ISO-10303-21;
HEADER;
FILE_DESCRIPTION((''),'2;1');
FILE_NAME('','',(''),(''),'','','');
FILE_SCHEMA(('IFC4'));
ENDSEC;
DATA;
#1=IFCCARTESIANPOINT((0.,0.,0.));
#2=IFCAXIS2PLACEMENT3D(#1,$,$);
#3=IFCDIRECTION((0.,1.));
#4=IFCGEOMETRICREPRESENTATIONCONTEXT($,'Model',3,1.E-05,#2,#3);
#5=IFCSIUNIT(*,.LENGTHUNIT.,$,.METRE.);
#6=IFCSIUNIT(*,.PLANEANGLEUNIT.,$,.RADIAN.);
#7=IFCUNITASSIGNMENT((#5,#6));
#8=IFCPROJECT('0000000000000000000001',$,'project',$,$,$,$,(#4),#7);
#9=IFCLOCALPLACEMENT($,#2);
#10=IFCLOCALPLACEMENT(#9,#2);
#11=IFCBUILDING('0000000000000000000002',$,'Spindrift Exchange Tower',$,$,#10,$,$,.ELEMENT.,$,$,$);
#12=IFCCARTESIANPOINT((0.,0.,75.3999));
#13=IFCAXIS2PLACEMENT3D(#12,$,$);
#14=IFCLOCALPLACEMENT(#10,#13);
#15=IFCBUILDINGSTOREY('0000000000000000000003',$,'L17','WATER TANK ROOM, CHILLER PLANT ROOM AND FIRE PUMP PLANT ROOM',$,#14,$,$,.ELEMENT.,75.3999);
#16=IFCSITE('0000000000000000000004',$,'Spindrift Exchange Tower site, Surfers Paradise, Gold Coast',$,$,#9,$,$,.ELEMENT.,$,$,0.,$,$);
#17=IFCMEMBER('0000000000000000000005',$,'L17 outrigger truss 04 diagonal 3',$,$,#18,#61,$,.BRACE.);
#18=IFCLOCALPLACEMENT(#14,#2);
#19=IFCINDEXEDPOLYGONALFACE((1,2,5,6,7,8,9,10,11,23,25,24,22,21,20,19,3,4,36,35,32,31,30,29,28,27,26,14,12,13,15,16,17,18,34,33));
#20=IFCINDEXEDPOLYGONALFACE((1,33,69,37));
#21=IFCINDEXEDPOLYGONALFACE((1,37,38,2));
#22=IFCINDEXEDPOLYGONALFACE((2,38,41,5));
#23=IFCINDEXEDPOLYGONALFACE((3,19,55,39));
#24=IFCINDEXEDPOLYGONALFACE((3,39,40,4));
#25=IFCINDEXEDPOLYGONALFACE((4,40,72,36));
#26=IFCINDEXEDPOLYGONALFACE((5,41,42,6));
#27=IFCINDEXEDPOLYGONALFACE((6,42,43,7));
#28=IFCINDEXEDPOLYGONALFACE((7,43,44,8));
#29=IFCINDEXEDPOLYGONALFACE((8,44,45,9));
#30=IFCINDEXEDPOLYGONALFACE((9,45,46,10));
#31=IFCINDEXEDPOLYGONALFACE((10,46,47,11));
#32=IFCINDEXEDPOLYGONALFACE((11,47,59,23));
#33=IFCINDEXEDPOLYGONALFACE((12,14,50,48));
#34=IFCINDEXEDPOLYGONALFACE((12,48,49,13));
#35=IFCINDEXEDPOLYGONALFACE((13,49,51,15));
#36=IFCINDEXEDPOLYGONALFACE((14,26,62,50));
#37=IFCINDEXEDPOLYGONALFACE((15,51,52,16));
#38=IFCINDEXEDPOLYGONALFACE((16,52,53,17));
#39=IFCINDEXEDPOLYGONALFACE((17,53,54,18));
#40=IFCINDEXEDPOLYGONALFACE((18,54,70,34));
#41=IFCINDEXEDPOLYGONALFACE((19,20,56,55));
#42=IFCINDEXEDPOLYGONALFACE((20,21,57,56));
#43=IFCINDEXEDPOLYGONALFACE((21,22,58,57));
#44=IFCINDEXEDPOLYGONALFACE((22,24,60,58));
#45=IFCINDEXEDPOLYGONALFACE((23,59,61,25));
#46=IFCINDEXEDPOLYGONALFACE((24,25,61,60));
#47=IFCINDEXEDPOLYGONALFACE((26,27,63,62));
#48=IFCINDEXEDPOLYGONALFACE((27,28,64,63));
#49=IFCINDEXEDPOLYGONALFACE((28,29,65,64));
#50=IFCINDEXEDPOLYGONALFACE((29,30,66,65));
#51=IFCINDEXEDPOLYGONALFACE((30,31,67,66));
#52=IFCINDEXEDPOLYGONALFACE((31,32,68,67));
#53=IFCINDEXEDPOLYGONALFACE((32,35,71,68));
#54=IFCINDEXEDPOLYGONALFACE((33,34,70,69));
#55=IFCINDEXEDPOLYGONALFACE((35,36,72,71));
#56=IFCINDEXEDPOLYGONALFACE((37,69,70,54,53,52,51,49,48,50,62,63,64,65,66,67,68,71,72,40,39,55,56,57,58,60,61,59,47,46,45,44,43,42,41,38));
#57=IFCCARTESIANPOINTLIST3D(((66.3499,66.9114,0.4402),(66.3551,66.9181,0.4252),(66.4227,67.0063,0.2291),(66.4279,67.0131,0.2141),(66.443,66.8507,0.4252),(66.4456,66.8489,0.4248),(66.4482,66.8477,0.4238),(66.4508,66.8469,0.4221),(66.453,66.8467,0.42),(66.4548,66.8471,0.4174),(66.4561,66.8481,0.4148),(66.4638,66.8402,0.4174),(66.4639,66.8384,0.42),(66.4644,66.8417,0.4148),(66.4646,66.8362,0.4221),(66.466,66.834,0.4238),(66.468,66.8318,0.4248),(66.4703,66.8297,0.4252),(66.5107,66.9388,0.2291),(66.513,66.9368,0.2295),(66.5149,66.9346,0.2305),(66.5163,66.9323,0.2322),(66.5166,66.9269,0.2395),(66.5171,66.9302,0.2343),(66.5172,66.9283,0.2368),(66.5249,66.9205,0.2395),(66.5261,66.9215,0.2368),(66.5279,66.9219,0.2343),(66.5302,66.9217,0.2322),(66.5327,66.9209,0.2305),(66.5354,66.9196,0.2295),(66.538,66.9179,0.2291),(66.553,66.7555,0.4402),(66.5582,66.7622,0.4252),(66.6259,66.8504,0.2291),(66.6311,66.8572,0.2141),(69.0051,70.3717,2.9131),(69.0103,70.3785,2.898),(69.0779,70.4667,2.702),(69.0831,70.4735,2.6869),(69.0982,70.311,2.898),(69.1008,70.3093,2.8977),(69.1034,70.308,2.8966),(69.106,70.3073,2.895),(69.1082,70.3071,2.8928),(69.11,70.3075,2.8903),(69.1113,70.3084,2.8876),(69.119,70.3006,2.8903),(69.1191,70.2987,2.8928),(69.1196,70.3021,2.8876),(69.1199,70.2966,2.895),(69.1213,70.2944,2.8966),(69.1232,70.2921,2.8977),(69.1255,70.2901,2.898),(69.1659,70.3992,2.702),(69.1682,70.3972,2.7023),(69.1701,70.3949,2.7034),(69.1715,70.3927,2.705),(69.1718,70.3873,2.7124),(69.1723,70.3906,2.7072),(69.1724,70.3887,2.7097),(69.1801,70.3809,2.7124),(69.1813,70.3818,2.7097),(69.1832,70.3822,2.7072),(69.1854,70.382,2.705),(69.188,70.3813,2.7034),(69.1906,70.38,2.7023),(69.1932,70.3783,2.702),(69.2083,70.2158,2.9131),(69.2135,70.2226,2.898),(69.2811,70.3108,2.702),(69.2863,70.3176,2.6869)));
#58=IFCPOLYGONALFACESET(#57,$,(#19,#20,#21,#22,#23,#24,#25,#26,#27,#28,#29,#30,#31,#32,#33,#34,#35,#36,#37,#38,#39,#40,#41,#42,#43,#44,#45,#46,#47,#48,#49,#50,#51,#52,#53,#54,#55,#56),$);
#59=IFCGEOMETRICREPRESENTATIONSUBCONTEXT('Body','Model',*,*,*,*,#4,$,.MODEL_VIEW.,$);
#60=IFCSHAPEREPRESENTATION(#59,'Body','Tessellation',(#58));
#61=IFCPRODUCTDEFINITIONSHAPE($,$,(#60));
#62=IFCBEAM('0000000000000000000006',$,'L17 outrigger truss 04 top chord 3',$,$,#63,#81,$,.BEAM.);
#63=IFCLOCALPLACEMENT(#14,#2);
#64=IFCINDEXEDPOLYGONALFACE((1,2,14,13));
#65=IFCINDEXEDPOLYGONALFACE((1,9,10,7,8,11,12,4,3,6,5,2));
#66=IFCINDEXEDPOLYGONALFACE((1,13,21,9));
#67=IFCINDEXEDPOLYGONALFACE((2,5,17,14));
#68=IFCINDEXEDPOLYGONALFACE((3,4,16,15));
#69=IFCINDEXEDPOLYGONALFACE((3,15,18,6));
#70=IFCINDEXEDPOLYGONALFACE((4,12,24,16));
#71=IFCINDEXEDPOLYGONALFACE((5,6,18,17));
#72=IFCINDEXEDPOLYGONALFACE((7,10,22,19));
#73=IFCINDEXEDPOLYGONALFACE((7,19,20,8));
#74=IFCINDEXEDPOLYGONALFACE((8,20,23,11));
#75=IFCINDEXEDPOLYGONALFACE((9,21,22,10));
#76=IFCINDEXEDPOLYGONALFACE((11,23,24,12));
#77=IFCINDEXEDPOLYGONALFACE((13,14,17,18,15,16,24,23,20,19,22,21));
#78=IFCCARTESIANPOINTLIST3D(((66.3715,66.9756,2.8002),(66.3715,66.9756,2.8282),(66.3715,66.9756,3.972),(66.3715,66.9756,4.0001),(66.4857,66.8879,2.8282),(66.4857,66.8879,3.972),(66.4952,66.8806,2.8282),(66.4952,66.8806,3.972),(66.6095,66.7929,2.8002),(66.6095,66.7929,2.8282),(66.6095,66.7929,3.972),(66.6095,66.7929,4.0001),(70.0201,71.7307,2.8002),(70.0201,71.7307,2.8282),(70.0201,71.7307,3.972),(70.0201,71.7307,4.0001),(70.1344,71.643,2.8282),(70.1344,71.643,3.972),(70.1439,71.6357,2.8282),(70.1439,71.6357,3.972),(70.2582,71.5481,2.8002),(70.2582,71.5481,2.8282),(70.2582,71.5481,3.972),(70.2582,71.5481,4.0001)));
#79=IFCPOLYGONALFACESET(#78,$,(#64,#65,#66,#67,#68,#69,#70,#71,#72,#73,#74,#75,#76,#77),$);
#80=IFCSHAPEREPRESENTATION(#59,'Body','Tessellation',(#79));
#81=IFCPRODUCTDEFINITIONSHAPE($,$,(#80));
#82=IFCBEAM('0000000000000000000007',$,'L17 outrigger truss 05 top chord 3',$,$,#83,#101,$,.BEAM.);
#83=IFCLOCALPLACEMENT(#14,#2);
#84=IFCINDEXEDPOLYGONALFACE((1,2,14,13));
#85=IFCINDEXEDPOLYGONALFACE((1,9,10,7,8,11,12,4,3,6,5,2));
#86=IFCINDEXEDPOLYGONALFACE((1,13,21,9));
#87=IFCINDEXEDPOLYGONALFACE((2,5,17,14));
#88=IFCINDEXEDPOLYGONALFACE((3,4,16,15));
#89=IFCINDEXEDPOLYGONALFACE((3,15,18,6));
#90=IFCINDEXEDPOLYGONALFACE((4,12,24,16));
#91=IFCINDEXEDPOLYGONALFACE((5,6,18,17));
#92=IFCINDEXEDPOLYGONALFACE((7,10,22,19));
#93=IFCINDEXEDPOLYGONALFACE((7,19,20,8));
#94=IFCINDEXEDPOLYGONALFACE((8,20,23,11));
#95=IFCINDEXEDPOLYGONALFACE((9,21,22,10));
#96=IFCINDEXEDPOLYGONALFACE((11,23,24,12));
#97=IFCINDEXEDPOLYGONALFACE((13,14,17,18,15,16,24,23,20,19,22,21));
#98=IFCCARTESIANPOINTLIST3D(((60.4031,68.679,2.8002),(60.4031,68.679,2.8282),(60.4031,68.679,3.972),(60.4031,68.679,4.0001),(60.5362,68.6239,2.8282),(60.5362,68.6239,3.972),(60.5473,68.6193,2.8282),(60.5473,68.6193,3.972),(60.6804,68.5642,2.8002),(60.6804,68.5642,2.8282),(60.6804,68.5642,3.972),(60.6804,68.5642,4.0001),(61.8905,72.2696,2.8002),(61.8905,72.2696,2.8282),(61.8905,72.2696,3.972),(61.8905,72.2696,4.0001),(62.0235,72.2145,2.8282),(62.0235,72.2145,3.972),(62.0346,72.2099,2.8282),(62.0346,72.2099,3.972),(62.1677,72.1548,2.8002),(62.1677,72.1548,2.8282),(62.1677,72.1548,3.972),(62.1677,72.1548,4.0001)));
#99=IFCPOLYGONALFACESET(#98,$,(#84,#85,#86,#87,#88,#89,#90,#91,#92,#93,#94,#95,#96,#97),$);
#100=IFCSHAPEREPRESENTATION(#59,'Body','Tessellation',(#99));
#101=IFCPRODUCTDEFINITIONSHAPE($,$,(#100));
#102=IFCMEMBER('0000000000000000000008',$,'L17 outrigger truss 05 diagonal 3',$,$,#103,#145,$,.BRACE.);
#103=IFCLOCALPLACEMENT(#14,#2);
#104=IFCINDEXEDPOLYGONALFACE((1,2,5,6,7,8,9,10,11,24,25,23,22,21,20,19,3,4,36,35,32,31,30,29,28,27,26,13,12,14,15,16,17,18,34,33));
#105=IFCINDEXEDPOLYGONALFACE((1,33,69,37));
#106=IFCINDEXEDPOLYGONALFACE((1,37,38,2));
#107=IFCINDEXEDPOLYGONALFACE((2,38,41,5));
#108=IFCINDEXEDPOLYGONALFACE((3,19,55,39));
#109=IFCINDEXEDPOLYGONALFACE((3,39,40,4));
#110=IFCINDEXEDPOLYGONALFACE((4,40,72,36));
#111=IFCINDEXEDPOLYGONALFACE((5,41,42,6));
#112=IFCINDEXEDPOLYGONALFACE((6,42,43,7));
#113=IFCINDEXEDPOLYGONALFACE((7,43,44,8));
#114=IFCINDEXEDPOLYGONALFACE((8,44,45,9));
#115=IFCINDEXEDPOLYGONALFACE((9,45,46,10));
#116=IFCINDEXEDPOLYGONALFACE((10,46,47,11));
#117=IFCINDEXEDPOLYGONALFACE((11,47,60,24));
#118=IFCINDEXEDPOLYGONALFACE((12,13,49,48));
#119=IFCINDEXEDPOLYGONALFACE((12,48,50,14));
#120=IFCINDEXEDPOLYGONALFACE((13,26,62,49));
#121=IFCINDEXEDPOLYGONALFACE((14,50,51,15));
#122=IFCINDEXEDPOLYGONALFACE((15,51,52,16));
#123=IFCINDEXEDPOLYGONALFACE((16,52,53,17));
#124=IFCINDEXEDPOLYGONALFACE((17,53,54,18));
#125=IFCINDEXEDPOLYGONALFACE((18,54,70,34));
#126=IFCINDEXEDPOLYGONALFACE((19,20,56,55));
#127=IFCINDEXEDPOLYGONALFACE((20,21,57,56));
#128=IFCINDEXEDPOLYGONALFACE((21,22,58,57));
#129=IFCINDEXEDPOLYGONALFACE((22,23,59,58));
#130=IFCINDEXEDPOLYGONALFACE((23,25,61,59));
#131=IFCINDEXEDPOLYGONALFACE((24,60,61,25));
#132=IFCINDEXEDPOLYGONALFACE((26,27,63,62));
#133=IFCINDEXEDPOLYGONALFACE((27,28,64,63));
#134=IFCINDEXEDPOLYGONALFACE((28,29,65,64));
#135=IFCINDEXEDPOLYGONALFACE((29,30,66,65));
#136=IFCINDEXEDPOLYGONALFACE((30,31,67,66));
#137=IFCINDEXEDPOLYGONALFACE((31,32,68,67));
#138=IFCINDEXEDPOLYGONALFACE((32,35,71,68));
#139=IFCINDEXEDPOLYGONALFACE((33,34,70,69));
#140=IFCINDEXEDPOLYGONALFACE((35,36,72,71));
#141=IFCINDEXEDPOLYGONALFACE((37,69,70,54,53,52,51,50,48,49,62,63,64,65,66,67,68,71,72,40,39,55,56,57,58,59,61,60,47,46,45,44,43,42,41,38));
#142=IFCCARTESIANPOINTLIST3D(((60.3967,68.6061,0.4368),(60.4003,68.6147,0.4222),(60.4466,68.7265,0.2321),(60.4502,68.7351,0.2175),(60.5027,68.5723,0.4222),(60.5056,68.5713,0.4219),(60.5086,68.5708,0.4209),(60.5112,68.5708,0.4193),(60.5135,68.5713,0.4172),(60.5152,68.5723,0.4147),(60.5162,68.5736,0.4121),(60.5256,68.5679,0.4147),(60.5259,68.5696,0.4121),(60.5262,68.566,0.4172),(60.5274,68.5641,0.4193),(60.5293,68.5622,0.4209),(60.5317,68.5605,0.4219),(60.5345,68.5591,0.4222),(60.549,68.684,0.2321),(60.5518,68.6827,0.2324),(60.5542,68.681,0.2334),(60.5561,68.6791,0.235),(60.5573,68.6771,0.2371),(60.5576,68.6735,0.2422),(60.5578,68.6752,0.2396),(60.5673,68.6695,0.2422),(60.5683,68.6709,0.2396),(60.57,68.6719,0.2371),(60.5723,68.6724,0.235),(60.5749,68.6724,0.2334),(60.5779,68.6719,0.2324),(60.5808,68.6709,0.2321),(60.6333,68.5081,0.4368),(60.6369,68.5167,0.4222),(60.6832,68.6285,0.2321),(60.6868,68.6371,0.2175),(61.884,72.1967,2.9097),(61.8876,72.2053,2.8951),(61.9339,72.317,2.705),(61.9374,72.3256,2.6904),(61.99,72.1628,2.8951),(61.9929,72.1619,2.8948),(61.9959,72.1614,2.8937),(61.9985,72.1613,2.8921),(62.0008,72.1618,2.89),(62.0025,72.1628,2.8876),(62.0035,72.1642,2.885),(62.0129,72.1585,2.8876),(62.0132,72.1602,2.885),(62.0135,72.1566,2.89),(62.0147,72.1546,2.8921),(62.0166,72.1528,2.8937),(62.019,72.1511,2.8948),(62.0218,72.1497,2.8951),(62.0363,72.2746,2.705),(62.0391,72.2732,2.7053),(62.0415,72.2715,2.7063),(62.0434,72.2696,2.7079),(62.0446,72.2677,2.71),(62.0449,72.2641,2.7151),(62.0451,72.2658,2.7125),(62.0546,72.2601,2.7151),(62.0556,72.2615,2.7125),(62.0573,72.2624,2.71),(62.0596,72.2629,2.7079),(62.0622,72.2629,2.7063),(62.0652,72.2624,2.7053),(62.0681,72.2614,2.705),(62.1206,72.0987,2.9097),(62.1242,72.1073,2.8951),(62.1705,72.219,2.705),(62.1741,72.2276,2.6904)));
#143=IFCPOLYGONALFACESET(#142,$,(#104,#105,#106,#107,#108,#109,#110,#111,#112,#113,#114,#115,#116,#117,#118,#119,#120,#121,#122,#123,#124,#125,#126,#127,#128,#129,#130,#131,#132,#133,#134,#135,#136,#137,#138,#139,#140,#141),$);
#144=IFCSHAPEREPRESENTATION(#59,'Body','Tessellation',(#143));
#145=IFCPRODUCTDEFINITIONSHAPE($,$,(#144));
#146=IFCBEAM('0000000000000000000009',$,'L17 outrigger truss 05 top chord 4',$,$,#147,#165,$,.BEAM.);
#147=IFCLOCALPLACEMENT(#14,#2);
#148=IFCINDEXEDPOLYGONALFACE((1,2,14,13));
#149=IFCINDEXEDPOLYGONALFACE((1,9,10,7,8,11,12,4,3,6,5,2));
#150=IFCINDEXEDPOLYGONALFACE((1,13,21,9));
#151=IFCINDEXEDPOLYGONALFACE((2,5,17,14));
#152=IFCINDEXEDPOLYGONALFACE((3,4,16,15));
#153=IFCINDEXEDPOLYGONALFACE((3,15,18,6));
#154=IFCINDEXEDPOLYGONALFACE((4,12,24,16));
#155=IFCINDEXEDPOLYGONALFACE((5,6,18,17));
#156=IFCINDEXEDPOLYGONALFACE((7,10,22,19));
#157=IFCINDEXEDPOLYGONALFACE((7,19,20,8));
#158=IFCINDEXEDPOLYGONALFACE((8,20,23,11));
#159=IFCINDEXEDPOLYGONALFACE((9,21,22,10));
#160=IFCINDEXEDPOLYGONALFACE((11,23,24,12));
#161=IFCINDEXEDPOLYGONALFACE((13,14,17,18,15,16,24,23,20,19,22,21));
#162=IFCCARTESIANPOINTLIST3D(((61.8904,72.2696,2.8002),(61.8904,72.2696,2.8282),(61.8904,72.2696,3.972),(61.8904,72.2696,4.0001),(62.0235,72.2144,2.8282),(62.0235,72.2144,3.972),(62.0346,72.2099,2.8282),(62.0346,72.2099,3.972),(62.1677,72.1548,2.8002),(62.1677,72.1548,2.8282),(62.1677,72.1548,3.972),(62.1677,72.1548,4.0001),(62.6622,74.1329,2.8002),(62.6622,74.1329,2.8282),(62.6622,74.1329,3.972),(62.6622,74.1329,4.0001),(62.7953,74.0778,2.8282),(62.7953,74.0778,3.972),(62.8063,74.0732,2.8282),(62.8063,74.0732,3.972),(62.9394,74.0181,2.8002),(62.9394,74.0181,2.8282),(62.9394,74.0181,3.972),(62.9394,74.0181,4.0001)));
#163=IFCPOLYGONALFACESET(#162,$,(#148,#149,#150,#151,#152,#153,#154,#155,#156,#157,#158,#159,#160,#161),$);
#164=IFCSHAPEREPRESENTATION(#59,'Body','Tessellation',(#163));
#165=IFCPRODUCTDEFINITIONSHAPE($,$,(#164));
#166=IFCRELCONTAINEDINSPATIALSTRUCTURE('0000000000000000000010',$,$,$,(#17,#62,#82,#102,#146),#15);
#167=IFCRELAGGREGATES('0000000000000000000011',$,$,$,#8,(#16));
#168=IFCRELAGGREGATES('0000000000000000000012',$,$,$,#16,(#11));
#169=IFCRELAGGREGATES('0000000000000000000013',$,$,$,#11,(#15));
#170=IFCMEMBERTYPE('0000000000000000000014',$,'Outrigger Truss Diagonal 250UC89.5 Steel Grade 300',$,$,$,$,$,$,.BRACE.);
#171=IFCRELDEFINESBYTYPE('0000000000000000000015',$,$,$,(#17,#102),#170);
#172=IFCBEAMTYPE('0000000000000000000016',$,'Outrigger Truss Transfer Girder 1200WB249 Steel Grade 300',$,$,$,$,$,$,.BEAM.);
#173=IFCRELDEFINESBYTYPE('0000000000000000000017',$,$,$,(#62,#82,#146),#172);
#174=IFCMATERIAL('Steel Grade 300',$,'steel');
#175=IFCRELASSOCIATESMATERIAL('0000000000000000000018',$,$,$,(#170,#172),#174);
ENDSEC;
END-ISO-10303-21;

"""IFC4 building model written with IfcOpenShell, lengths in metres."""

from ifc_helpers import new_model, si_unit, direction, frame, origin, origin_2d, place, context, subcontext, project, spatial, i_section, extrude, source, transform, mapped, material, material_profile, profile_set, type_object, element, save


model = new_model("IFC4")

# Units and contexts
model_context = context("Model", 3, precision=1e-05, world=origin(), true_north=direction((0.0, 1.0)))
body_context = subcontext(model_context, "Body", "Model", "MODEL_VIEW")
ifc_project = project(units=[si_unit("LENGTHUNIT", "METRE"), si_unit("PLANEANGLEUNIT", "RADIAN")], contexts=[model_context])

# Site, building, storey
site_placement = place(None, origin())
site = spatial("IfcSite", under=ifc_project, at=site_placement, Name="Spindrift Exchange Tower site, Surfers Paradise, Gold Coast", CompositionType="ELEMENT", RefElevation=0.0)
building_placement = place(site_placement, origin())
building = spatial("IfcBuilding", under=site, at=building_placement, Name="Spindrift Exchange Tower", CompositionType="ELEMENT")
storey_placement = place(building_placement, frame((0.0, 0.0, 75.3999)))
storey = spatial("IfcBuildingStorey", under=building, at=storey_placement, Name="L17", Description="WATER TANK ROOM, CHILLER PLANT ROOM AND FIRE PUMP PLANT ROOM", CompositionType="ELEMENT", Elevation=75.3999)

# Member
ifc_material_1 = material(Name="Steel Grade 300", Category="steel")
ifc_material_profile_1 = material_profile(ifc_material_1, i_section(OverallWidth=0.2561, OverallDepth=0.26, WebThickness=0.0105, FlangeThickness=0.0173, FilletRadius=0.012, at=origin_2d()), Name="250UC89.5")
ifc_profile_set_1 = profile_set([ifc_material_profile_1], Name="Steel Grade 300")
member_type_1 = type_object("IfcMemberType", Name="Outrigger Truss Diagonal 250UC89.5 Steel Grade 300", PredefinedType="BRACE", material=ifc_profile_set_1)
shared_shape_1 = source(origin(), body_context, "Body", "SweptSolid", [
    extrude(i_section(OverallWidth=0.2561, OverallDepth=0.26, WebThickness=0.0105, FlangeThickness=0.0173, FilletRadius=0.012, at=origin_2d()), origin(), (0.0, 0.0, 1.0), 5.0139),
])
member_1_placement = place(storey_placement, frame((66.4905, 66.8843, 0.3271), z_axis=(0.52957, 0.690154, 0.493197), x_axis=(-0.793356, 0.608758, 0.0)))
element("IfcMember", 1, at=member_1_placement, inside=storey, type_object=member_type_1, Name="L17 outrigger truss 04 diagonal 3", PredefinedType="BRACE", context=body_context, shape_type="MappedRepresentation", body=[
    mapped(shared_shape_1, transform((0.0, 0.0, 0.0), scale=1.0)),
])

# Beams
ifc_material_profile_2 = material_profile(ifc_material_1, i_section(OverallWidth=0.3, OverallDepth=1.2, WebThickness=0.012, FlangeThickness=0.0281, at=origin_2d()), Name="1200WB249")
ifc_profile_set_2 = profile_set([ifc_material_profile_2], Name="Steel Grade 300")
beam_type_1 = type_object("IfcBeamType", Name="Outrigger Truss Transfer Girder 1200WB249 Steel Grade 300", PredefinedType="BEAM", material=ifc_profile_set_2)
shared_shape_2 = source(origin(), body_context, "Body", "SweptSolid", [
    extrude(i_section(OverallWidth=0.3, OverallDepth=1.2, WebThickness=0.012, FlangeThickness=0.0281, at=origin_2d()), origin(), (0.0, 0.0, 1.0), 5.9937),
])
beam_1_placement = place(storey_placement, frame((66.4905, 66.8843, 3.4001), z_axis=(0.608756, 0.793358, 0.0), x_axis=(-0.793358, 0.608756, 0.0)))
element("IfcBeam", 2, at=beam_1_placement, inside=storey, type_object=beam_type_1, Name="L17 outrigger truss 04 top chord 3", PredefinedType="BEAM", context=body_context, shape_type="MappedRepresentation", body=[
    mapped(shared_shape_2, transform((0.0, 0.0, 0.0), scale=1.0)),
])
shared_shape_3 = source(origin(), body_context, "Body", "SweptSolid", [
    extrude(i_section(OverallWidth=0.3, OverallDepth=1.2, WebThickness=0.012, FlangeThickness=0.0281, at=origin_2d()), origin(), (0.0, 0.0, 1.0), 3.8865),
])
beam_2_placement = place(storey_placement, frame((60.5417, 68.6216, 3.4001), z_axis=(0.382692, 0.923876, 0.0), x_axis=(-0.923876, 0.382692, 0.0)))
element("IfcBeam", 3, at=beam_2_placement, inside=storey, type_object=beam_type_1, Name="L17 outrigger truss 05 top chord 3", PredefinedType="BEAM", context=body_context, shape_type="MappedRepresentation", body=[
    mapped(shared_shape_3, transform((0.0, 0.0, 0.0), scale=1.0)),
])

# Member
shared_shape_4 = source(origin(), body_context, "Body", "SweptSolid", [
    extrude(i_section(OverallWidth=0.2561, OverallDepth=0.26, WebThickness=0.0105, FlangeThickness=0.0173, FilletRadius=0.012, at=origin_2d()), origin(), (0.0, 0.0, 1.0), 4.6064),
])
member_2_placement = place(storey_placement, frame((60.5417, 68.6216, 0.3271), z_axis=(0.322873, 0.779464, 0.536832), x_axis=(-0.923876, 0.382692, 0.0)))
element("IfcMember", 4, at=member_2_placement, inside=storey, type_object=member_type_1, Name="L17 outrigger truss 05 diagonal 3", PredefinedType="BRACE", context=body_context, shape_type="MappedRepresentation", body=[
    mapped(shared_shape_4, transform((0.0, 0.0, 0.0), scale=1.0)),
])

# Beam
shared_shape_5 = source(origin(), body_context, "Body", "SweptSolid", [
    extrude(i_section(OverallWidth=0.3, OverallDepth=1.2, WebThickness=0.012, FlangeThickness=0.0281, at=origin_2d()), origin(), (0.0, 0.0, 1.0), 2.0168),
])
beam_3_placement = place(storey_placement, frame((62.0291, 72.2122, 3.4001), z_axis=(0.382655, 0.923891, 0.0), x_axis=(-0.923891, 0.382655, 0.0)))
element("IfcBeam", 5, at=beam_3_placement, inside=storey, type_object=beam_type_1, Name="L17 outrigger truss 05 top chord 4", PredefinedType="BEAM", context=body_context, shape_type="MappedRepresentation", body=[
    mapped(shared_shape_5, transform((0.0, 0.0, 0.0), scale=1.0)),
])

save(model, "model.ifc")
